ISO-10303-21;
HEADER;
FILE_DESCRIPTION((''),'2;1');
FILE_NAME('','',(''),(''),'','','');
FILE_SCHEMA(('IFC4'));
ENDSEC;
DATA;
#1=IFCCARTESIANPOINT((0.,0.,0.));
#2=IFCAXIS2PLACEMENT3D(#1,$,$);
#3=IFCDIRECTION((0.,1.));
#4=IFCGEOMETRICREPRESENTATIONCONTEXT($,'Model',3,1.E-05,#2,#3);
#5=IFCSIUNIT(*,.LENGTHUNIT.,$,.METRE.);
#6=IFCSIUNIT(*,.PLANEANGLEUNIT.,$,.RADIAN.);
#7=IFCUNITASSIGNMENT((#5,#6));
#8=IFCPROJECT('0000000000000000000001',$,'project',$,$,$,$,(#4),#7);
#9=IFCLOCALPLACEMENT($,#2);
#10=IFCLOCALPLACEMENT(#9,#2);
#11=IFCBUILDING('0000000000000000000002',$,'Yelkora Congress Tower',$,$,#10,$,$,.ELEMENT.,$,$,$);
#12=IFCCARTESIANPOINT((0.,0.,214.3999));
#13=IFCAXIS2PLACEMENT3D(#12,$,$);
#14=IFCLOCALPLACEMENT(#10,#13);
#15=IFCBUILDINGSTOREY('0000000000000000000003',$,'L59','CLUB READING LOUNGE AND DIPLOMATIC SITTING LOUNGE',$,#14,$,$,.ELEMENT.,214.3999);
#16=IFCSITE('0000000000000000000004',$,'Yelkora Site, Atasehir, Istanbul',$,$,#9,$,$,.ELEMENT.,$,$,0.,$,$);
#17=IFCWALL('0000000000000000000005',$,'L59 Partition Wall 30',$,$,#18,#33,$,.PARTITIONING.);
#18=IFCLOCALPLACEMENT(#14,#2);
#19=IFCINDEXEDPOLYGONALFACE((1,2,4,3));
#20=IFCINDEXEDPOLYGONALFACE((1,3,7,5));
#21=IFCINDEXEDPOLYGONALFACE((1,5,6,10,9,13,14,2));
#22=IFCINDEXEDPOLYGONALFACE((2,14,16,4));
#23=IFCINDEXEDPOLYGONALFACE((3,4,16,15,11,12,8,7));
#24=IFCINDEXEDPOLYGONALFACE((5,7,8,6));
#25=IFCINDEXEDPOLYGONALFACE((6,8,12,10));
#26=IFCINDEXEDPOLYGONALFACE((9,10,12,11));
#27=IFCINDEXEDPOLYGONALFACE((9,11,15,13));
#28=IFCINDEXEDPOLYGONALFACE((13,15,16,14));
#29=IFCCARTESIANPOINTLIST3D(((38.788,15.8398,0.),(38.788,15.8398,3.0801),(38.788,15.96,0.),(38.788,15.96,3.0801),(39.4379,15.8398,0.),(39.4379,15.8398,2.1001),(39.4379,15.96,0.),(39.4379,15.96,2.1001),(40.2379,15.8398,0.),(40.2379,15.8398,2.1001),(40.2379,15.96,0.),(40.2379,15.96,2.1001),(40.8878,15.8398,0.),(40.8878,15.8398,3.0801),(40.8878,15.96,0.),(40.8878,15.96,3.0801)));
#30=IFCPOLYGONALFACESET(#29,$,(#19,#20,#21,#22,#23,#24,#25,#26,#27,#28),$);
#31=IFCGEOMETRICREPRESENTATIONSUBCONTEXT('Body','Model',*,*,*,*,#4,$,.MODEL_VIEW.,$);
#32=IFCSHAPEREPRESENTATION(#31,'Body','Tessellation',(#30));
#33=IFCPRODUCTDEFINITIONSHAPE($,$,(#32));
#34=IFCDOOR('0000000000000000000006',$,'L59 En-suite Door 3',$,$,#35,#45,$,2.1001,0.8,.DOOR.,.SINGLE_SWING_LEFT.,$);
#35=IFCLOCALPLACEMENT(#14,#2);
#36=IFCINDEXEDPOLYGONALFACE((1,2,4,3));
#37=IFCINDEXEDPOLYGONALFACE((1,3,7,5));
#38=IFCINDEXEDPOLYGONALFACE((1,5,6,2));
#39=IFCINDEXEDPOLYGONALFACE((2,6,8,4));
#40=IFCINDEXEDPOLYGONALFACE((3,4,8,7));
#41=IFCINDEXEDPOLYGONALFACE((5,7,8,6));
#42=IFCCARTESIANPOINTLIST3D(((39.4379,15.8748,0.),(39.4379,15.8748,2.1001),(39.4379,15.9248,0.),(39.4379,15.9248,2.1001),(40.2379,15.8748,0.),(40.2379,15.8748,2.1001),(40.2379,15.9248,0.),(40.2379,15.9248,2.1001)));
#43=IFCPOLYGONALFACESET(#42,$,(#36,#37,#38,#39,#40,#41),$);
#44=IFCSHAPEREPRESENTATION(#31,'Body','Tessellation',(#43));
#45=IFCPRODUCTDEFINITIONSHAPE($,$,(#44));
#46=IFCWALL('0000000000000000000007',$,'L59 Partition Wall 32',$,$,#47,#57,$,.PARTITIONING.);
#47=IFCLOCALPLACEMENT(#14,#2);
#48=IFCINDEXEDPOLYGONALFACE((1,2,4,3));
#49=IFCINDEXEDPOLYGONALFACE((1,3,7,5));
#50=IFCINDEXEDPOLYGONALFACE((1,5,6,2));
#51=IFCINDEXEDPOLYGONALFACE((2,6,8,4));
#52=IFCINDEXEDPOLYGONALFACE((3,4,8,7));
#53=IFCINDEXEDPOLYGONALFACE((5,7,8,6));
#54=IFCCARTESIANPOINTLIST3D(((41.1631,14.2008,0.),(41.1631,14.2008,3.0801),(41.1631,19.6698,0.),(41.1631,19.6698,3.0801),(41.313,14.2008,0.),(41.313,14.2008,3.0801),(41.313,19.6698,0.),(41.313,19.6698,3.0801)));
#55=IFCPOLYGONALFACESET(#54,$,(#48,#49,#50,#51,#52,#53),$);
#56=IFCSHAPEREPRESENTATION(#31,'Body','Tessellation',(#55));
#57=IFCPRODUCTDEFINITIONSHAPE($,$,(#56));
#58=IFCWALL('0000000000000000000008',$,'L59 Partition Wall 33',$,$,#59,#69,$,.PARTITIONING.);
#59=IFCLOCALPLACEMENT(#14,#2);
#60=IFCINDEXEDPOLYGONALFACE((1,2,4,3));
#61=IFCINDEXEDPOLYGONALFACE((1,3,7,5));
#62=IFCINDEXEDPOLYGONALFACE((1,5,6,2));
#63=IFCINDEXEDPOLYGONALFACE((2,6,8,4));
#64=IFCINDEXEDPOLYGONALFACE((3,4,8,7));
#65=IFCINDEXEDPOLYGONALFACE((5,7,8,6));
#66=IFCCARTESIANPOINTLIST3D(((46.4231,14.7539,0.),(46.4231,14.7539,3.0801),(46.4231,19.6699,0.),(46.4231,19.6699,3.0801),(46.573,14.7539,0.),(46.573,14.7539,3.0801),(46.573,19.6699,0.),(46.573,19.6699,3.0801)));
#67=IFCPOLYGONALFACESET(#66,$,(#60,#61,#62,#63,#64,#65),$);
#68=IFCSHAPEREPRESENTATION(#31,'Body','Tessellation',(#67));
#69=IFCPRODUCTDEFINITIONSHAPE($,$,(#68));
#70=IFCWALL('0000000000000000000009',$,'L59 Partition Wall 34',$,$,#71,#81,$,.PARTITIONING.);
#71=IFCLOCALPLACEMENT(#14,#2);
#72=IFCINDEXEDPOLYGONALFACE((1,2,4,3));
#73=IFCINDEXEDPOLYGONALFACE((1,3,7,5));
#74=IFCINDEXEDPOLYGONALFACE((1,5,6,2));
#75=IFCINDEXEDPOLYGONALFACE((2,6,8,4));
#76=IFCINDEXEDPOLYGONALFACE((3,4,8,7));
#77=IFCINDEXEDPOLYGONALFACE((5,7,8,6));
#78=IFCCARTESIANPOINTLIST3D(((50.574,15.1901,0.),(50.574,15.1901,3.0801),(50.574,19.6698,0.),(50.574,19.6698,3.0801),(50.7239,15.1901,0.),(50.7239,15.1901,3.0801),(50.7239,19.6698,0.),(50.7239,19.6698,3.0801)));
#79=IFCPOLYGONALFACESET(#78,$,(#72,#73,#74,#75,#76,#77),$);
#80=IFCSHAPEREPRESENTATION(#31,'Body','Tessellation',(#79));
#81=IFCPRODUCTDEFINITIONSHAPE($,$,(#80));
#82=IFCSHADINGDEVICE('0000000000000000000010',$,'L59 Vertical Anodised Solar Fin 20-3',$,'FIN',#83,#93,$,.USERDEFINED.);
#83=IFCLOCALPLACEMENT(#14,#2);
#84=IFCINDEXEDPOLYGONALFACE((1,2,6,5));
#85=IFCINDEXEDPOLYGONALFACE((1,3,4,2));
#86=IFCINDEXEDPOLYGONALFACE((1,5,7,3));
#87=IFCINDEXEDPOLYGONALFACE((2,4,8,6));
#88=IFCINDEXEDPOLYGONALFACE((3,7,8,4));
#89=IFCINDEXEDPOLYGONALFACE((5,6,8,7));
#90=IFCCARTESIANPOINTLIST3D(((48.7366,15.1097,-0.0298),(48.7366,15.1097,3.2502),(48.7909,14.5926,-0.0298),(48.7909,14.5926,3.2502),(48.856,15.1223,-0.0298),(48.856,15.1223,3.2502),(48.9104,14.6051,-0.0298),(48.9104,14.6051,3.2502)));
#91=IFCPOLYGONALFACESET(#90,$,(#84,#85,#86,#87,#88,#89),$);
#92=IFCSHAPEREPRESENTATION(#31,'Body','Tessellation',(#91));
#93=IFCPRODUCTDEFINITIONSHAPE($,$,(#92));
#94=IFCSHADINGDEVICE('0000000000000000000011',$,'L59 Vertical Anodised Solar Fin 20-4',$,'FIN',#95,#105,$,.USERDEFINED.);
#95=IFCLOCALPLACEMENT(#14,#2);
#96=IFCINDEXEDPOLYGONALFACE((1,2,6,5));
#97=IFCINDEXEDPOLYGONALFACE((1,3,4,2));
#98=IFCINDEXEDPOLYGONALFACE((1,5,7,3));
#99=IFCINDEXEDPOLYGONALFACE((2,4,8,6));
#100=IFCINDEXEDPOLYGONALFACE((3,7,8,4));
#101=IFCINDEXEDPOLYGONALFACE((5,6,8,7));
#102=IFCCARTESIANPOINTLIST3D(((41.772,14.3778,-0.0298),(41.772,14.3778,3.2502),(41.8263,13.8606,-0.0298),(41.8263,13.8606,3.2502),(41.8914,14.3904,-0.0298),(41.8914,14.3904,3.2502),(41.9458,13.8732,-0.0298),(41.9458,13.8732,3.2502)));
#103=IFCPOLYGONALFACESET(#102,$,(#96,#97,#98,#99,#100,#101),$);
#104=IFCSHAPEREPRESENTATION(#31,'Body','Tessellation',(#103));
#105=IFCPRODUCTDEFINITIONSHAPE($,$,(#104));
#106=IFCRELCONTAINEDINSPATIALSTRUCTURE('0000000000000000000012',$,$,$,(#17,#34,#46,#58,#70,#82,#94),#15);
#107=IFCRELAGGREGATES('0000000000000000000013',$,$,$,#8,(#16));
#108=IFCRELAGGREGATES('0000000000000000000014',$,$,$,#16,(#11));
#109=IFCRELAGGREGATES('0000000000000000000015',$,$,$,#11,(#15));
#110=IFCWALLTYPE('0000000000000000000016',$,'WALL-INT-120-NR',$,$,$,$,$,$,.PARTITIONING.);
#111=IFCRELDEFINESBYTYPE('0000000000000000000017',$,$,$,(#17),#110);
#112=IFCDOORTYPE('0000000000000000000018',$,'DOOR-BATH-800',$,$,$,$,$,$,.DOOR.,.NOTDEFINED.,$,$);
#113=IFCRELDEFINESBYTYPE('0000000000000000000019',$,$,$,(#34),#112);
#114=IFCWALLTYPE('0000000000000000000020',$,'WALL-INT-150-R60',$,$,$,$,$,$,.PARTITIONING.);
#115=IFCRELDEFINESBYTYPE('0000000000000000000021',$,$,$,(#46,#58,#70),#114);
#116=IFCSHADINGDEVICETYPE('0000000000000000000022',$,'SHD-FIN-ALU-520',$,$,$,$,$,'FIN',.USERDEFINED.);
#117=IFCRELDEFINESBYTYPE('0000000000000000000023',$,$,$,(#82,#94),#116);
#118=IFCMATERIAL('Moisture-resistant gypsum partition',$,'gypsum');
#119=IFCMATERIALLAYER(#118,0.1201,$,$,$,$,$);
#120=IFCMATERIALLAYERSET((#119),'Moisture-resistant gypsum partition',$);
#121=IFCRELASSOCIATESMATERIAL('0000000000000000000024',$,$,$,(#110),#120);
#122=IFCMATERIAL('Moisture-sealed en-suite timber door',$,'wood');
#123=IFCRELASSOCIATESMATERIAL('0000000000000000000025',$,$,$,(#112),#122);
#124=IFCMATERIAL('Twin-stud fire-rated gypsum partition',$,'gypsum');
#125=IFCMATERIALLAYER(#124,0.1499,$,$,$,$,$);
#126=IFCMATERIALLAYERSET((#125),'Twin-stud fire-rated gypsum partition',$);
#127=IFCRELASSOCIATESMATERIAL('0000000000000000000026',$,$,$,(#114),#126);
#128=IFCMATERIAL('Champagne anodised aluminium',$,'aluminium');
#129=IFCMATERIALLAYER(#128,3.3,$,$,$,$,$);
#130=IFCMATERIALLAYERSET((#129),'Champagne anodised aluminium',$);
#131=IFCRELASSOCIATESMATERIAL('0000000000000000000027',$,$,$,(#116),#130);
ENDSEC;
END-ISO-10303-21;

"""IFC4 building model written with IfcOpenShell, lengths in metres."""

from ifc_helpers import new_model, si_unit, direction, frame, frame_2d, origin, origin_2d, place, context, subcontext, project, spatial, rectangle, extrude, material, layer, layer_set, type_object, element, fill, save


model = new_model("IFC4")

# Units and contexts
model_context = context("Model", 3, precision=1e-05, world=origin(), true_north=direction((0.0, 1.0)))
body_context = subcontext(model_context, "Body", "Model", "MODEL_VIEW")
ifc_project = project(units=[si_unit("LENGTHUNIT", "METRE"), si_unit("PLANEANGLEUNIT", "RADIAN")], contexts=[model_context])

# Site, building, storey
site_placement = place(None, origin())
site = spatial("IfcSite", under=ifc_project, at=site_placement, Name="Yelkora Site, Atasehir, Istanbul", CompositionType="ELEMENT", RefElevation=0.0)
building_placement = place(site_placement, origin())
building = spatial("IfcBuilding", under=site, at=building_placement, Name="Yelkora Congress Tower", CompositionType="ELEMENT")
storey_placement = place(building_placement, frame((0.0, 0.0, 214.3999)))
storey = spatial("IfcBuildingStorey", under=building, at=storey_placement, Name="L59", Description="CLUB READING LOUNGE AND DIPLOMATIC SITTING LOUNGE", CompositionType="ELEMENT", Elevation=214.3999)

# Shared definitions
ifc_material_1 = material(Name="Moisture-resistant gypsum partition", Category="gypsum")
ifc_layer_1 = layer(ifc_material_1, 0.1201)
ifc_layer_set_1 = layer_set([ifc_layer_1], Name="Moisture-resistant gypsum partition")
wall_type_1 = type_object("IfcWallType", Name="WALL-INT-120-NR", PredefinedType="PARTITIONING", material=ifc_layer_set_1)

# Wall, opening, door
wall_1_placement = place(storey_placement, frame((38.7881, 15.8999, 0.0), z_axis=(0.0, 0.0, 1.0), x_axis=(1.0, 0.0, 0.0)))
wall_1 = element("IfcWall", 1, at=wall_1_placement, inside=storey, type_object=wall_type_1, Name="L59 Partition Wall 30", PredefinedType="PARTITIONING", context=body_context, shape_type="SweptSolid", body=[
    extrude(rectangle(XDim=2.0999, YDim=0.1201, at=frame_2d((1.0498, 0.0))), origin(), (0.0, 0.0, 1.0), 3.0801),
])
opening_placement = place(wall_1_placement, frame((0.6499, 0.0, 0.0)))
opening = element("IfcOpeningElement", 2, at=opening_placement, cuts=wall_1, PredefinedType="OPENING", context=body_context, shape_type="SweptSolid", body=[
    extrude(rectangle(XDim=0.8, YDim=2.1001, at=frame_2d((0.3999, 1.05))), frame((0.0, 0.0701, 0.0), z_axis=(0.0, -1.0, 0.0), x_axis=(1.0, 0.0, 0.0)), (0.0, 0.0, 1.0), 0.1401),
])
ifc_material_2 = material(Name="Moisture-sealed en-suite timber door", Category="wood")
door_type = type_object("IfcDoorType", Name="DOOR-BATH-800", OperationType="NOTDEFINED", PredefinedType="DOOR", material=ifc_material_2)
door_placement = place(opening_placement, origin())
door = element("IfcDoor", 3, at=door_placement, inside=storey, type_object=door_type, Name="L59 En-suite Door 3", OperationType="SINGLE_SWING_LEFT", OverallHeight=2.1001, OverallWidth=0.8, PredefinedType="DOOR", context=body_context, shape_type="SweptSolid", body=[
    extrude(rectangle(XDim=0.8, YDim=2.1001, at=frame_2d((0.3999, 1.05))), frame((0.0, 0.0249, 0.0), z_axis=(0.0, -1.0, 0.0), x_axis=(1.0, 0.0, 0.0)), (0.0, 0.0, 1.0), 0.05),
])
fill(opening, door)

# Walls
ifc_material_3 = material(Name="Twin-stud fire-rated gypsum partition", Category="gypsum")
ifc_layer_2 = layer(ifc_material_3, 0.1499)
ifc_layer_set_2 = layer_set([ifc_layer_2], Name="Twin-stud fire-rated gypsum partition")
wall_type_2 = type_object("IfcWallType", Name="WALL-INT-150-R60", PredefinedType="PARTITIONING", material=ifc_layer_set_2)
wall_2_placement = place(storey_placement, frame((41.238, 14.2009, 0.0), z_axis=(0.0, 0.0, 1.0), x_axis=(0.0, 1.0, 0.0)))
element("IfcWall", 4, at=wall_2_placement, inside=storey, type_object=wall_type_2, Name="L59 Partition Wall 32", PredefinedType="PARTITIONING", context=body_context, shape_type="SweptSolid", body=[
    extrude(rectangle(XDim=5.469, YDim=0.1499, at=frame_2d((2.7344, 0.0))), origin(), (0.0, 0.0, 1.0), 3.0801),
])
wall_3_placement = place(storey_placement, frame((46.498, 14.7539, 0.0), z_axis=(0.0, 0.0, 1.0), x_axis=(0.0, 1.0, 0.0)))
element("IfcWall", 5, at=wall_3_placement, inside=storey, type_object=wall_type_2, Name="L59 Partition Wall 33", PredefinedType="PARTITIONING", context=body_context, shape_type="SweptSolid", body=[
    extrude(rectangle(XDim=4.916, YDim=0.1499, at=frame_2d((2.458, 0.0))), origin(), (0.0, 0.0, 1.0), 3.0801),
])
wall_4_placement = place(storey_placement, frame((50.6489, 15.1902, 0.0), z_axis=(0.0, 0.0, 1.0), x_axis=(0.0, 1.0, 0.0)))
element("IfcWall", 6, at=wall_4_placement, inside=storey, type_object=wall_type_2, Name="L59 Partition Wall 34", PredefinedType="PARTITIONING", context=body_context, shape_type="SweptSolid", body=[
    extrude(rectangle(XDim=4.4797, YDim=0.1499, at=frame_2d((2.2397, 0.0))), origin(), (0.0, 0.0, 1.0), 3.0801),
])

# Shading devices
ifc_material_4 = material(Name="Champagne anodised aluminium", Category="aluminium")
ifc_layer_3 = layer(ifc_material_4, 3.3)
ifc_layer_set_3 = layer_set([ifc_layer_3], Name="Champagne anodised aluminium")
shading_device_type = type_object("IfcShadingDeviceType", Name="SHD-FIN-ALU-520", ElementType="FIN", PredefinedType="USERDEFINED", material=ifc_layer_set_3)
for number, where, z_axis, x_axis, name in (
    (7, (48.8235, 14.8574, -0.0298), (0.0, 0.0, 1.0), (-0.994522, -0.104528, 0.0), "L59 Vertical Anodised Solar Fin 20-3"),
    (8, (41.8589, 14.1255, -0.0298), (0.0, 0.0, 1.0), (-0.994522, -0.104528, 0.0), "L59 Vertical Anodised Solar Fin 20-4"),
):
    element("IfcShadingDevice", number, at=place(storey_placement, frame(where, z_axis=z_axis, x_axis=x_axis)), inside=storey, type_object=shading_device_type, Name=name, ObjectType="FIN", PredefinedType="USERDEFINED", context=body_context, shape_type="SweptSolid", body=[
        extrude(rectangle(XDim=0.1201, YDim=0.52, at=origin_2d()), origin(), (0.0, 0.0, 1.0), 3.28),
    ])

save(model, "model.ifc")
